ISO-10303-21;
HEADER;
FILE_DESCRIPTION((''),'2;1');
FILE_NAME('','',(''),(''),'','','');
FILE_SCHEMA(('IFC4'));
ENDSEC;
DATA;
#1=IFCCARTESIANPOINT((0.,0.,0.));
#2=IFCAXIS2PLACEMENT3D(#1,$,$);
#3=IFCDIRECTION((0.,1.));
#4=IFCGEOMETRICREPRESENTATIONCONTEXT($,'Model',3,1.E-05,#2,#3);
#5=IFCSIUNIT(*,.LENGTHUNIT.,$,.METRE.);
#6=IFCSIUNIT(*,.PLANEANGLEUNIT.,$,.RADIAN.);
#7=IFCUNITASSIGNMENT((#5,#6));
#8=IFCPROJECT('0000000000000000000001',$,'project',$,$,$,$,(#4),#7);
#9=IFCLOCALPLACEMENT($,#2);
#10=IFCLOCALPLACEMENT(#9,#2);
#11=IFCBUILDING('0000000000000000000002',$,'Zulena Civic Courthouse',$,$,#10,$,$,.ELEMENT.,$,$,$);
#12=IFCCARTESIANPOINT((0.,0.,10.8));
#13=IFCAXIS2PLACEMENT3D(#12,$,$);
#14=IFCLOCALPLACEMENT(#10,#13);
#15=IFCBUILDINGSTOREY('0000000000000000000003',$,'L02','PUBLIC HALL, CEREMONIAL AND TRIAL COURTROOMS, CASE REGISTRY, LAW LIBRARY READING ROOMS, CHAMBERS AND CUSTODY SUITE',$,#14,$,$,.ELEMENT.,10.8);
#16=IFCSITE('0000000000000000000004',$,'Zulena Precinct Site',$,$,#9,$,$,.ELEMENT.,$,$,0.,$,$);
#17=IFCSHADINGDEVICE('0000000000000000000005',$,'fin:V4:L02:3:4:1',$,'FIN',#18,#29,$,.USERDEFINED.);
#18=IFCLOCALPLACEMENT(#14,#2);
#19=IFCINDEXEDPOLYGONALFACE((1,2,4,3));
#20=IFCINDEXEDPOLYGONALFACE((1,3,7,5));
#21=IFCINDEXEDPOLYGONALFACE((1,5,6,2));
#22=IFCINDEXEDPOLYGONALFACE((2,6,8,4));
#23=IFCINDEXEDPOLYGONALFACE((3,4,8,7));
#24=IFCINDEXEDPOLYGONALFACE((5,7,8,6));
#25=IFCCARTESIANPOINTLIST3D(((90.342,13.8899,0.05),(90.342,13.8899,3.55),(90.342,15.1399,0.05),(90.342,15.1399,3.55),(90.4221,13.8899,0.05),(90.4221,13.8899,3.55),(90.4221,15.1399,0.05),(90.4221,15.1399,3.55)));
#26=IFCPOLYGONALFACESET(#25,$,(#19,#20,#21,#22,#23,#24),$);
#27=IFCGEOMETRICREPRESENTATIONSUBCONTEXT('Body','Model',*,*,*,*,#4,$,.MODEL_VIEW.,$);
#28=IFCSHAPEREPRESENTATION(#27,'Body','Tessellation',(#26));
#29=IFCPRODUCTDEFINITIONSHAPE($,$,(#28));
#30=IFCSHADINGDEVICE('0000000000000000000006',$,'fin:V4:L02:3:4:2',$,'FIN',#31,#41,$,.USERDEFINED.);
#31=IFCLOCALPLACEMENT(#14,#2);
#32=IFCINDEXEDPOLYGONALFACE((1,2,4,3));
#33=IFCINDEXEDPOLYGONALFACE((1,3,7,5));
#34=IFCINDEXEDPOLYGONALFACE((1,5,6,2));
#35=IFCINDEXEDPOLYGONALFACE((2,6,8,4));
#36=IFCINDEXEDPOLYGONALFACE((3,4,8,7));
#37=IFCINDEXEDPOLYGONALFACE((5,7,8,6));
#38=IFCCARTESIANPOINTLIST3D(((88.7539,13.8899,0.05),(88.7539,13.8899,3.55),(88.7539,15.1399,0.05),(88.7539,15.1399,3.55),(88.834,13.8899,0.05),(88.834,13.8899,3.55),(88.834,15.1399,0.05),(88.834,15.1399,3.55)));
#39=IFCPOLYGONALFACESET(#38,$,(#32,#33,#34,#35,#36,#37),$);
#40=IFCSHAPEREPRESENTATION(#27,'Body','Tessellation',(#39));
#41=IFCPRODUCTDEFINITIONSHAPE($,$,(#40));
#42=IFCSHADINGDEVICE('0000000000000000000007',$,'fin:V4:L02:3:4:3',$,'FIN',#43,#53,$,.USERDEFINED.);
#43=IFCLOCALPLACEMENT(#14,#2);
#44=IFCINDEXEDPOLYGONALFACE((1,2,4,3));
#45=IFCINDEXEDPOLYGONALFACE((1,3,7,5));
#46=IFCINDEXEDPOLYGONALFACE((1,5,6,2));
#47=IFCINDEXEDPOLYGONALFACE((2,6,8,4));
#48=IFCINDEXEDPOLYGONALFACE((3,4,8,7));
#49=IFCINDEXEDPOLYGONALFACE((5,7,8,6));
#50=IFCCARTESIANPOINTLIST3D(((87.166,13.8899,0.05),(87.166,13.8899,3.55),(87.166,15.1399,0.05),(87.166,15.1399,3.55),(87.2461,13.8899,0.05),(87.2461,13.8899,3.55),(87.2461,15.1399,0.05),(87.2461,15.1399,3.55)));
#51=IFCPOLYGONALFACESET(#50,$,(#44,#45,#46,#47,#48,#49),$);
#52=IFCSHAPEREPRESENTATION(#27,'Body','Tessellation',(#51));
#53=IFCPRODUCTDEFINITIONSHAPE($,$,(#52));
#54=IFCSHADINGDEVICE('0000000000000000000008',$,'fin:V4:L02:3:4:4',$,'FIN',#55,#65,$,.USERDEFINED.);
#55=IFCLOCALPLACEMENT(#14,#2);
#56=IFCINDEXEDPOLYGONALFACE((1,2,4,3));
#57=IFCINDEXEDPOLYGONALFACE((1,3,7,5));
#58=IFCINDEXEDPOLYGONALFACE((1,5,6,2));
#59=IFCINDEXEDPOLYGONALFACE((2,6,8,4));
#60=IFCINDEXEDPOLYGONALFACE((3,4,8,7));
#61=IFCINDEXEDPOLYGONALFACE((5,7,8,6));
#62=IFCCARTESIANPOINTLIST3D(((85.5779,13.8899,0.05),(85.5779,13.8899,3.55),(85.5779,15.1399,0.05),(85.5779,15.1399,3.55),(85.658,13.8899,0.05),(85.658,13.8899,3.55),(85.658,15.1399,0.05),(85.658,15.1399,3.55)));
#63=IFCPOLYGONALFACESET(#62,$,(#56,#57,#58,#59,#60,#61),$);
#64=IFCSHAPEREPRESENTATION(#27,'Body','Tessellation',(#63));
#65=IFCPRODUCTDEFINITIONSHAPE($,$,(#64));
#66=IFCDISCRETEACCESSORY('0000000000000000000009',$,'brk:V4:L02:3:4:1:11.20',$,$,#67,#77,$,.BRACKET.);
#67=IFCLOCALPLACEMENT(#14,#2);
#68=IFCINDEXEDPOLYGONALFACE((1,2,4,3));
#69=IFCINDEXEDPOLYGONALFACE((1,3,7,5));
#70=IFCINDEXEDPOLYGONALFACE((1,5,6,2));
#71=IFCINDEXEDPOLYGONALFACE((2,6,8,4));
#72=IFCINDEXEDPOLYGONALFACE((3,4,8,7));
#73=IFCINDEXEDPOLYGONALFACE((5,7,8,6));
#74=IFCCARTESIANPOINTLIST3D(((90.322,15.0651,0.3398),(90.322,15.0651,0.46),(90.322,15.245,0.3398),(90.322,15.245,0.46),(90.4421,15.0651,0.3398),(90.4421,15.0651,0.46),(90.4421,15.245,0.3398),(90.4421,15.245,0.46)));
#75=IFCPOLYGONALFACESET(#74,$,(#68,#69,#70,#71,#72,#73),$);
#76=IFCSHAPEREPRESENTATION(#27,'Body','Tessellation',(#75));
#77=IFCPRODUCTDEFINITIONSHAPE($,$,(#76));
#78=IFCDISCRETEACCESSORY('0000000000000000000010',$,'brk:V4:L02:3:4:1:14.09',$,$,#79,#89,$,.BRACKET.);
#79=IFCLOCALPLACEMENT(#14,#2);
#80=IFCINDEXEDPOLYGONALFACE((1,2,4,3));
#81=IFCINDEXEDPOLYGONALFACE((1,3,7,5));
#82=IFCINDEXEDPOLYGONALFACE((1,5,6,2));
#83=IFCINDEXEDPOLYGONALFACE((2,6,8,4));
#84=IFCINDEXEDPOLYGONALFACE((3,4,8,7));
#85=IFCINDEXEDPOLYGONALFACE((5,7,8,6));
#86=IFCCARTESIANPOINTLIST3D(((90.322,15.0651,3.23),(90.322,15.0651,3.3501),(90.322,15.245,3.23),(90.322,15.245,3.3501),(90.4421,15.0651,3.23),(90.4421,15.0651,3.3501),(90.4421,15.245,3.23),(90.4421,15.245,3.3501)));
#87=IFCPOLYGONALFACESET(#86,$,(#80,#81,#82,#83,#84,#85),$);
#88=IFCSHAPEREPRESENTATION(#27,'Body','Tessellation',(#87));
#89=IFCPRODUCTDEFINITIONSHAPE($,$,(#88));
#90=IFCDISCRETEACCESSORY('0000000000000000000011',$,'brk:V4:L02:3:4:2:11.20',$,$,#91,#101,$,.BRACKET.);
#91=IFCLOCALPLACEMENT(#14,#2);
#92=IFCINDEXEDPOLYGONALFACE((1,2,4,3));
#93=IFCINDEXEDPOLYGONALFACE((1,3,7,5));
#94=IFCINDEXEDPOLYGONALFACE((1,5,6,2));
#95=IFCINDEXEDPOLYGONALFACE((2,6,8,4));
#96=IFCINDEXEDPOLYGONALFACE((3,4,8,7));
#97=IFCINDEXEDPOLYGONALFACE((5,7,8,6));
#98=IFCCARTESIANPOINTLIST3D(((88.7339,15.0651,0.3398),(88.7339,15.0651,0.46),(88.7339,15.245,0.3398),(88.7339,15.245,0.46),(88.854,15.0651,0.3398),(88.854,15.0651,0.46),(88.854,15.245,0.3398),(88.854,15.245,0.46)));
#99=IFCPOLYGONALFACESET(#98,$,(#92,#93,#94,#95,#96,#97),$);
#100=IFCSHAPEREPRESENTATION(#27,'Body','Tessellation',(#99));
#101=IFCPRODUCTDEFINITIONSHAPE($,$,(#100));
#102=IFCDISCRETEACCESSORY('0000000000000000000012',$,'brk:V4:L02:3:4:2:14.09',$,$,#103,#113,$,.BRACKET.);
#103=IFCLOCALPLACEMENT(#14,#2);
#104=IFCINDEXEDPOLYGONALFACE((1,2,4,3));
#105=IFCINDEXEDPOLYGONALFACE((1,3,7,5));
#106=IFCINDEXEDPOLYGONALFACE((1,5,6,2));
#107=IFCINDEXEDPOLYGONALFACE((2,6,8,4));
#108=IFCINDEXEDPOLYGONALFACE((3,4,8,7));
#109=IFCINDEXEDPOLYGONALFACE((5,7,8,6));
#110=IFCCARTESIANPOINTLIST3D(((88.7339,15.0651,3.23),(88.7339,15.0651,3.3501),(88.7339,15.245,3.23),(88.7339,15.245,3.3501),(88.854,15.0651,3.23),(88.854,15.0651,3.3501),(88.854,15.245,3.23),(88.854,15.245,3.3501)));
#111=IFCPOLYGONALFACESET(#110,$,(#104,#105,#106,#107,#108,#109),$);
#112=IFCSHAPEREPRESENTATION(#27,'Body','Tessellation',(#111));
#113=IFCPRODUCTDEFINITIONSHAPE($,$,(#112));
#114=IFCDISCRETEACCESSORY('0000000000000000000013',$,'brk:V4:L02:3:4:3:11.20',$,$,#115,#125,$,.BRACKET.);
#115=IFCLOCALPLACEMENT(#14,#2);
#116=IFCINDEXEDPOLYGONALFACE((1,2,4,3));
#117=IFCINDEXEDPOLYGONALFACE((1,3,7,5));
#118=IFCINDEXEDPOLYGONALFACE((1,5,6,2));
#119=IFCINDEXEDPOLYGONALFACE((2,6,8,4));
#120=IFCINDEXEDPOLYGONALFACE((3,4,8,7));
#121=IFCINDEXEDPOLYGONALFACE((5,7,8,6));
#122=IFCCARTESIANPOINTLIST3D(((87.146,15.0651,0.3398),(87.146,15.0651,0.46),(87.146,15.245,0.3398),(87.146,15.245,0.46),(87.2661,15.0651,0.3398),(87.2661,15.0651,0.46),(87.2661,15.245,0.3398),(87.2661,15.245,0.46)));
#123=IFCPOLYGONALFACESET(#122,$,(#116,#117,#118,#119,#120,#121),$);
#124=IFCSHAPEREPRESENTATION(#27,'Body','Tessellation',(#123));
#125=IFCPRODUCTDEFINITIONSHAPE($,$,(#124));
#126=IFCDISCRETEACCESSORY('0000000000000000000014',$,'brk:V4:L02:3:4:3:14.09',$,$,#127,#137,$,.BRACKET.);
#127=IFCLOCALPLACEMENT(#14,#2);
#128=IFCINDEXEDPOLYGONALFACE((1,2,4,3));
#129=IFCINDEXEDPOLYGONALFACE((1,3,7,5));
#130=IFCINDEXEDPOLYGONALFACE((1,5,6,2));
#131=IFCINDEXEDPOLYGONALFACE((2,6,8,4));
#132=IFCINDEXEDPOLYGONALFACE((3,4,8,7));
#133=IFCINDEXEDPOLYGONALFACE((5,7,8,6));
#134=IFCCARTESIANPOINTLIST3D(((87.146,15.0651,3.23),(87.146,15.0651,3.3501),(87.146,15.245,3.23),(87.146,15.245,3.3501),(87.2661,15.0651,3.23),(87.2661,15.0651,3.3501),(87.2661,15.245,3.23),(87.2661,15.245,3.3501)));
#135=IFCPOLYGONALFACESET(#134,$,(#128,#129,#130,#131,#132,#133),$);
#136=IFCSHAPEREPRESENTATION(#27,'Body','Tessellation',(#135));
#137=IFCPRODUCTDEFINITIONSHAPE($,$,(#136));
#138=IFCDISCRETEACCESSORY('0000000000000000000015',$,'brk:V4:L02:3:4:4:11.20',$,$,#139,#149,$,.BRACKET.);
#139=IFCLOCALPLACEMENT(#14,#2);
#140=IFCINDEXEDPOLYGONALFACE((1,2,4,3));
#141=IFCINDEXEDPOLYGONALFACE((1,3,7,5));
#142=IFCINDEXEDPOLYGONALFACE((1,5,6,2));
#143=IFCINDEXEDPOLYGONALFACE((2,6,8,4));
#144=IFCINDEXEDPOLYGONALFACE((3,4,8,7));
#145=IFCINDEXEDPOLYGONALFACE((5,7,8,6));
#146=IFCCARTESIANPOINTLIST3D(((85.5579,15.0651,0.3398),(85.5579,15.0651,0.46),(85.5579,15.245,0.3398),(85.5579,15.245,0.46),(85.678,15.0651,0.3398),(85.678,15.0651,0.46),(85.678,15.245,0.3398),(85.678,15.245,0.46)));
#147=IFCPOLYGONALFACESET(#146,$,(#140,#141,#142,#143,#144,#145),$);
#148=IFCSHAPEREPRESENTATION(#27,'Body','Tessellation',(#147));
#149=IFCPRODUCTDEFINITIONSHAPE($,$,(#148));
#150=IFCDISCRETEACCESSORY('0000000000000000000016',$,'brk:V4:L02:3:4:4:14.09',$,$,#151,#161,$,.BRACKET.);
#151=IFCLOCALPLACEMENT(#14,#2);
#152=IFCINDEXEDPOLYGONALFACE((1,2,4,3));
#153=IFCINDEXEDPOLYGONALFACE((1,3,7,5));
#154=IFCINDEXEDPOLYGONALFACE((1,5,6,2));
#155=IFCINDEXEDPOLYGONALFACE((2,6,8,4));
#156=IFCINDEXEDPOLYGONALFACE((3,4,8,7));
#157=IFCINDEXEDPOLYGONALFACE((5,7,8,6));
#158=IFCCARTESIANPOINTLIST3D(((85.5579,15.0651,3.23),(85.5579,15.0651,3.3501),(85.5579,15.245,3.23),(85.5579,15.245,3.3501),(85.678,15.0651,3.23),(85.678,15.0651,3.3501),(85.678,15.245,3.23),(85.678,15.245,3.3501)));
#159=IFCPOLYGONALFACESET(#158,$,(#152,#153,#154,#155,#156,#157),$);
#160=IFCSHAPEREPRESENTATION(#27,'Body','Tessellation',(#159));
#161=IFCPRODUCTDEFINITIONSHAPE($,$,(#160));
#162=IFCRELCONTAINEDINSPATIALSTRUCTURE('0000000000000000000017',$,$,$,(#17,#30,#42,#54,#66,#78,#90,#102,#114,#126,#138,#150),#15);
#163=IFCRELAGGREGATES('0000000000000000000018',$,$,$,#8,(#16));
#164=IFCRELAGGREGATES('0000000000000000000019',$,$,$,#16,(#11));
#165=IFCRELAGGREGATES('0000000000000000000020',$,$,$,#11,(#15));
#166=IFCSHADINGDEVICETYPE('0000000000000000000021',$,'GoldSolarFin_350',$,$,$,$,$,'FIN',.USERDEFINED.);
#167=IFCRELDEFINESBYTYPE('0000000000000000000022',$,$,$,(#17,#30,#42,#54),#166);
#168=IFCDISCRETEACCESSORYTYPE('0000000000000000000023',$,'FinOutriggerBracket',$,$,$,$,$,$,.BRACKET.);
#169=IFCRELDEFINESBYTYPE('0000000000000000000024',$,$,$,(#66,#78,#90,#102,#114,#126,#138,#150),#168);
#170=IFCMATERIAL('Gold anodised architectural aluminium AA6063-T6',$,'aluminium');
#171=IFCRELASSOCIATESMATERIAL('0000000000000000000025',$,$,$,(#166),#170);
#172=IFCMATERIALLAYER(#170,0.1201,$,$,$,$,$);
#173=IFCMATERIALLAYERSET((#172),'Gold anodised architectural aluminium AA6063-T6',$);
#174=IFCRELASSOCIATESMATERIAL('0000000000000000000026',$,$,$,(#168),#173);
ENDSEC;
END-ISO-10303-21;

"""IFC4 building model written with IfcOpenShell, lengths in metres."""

from ifc_helpers import new_model, si_unit, direction, frame, origin, origin_2d, place, context, subcontext, project, spatial, rectangle, extrude, material, layer, layer_set, type_object, element, save


model = new_model("IFC4")

# Units and contexts
model_context = context("Model", 3, precision=1e-05, world=origin(), true_north=direction((0.0, 1.0)))
body_context = subcontext(model_context, "Body", "Model", "MODEL_VIEW")
ifc_project = project(units=[si_unit("LENGTHUNIT", "METRE"), si_unit("PLANEANGLEUNIT", "RADIAN")], contexts=[model_context])

# Site, building, storey
site_placement = place(None, origin())
site = spatial("IfcSite", under=ifc_project, at=site_placement, Name="Zulena Precinct Site", CompositionType="ELEMENT", RefElevation=0.0)
building_placement = place(site_placement, origin())
building = spatial("IfcBuilding", under=site, at=building_placement, Name="Zulena Civic Courthouse", CompositionType="ELEMENT")
storey_placement = place(building_placement, frame((0.0, 0.0, 10.8)))
storey = spatial("IfcBuildingStorey", under=building, at=storey_placement, Name="L02", Description="PUBLIC HALL, CEREMONIAL AND TRIAL COURTROOMS, CASE REGISTRY, LAW LIBRARY READING ROOMS, CHAMBERS AND CUSTODY SUITE", CompositionType="ELEMENT", Elevation=10.8)

# Shading devices
ifc_material_1 = material(Name="Gold anodised architectural aluminium AA6063-T6", Category="aluminium")
shading_device_type = type_object("IfcShadingDeviceType", Name="GoldSolarFin_350", ElementType="FIN", PredefinedType="USERDEFINED", material=ifc_material_1)
for number, where, z_axis, x_axis, name in (
    (1, (90.3821, 14.5149, 0.05), (0.0, 0.0, 1.0), (0.0, -1.0, 0.0), "fin:V4:L02:3:4:1"),
    (2, (88.7939, 14.5149, 0.05), (0.0, 0.0, 1.0), (0.0, -1.0, 0.0), "fin:V4:L02:3:4:2"),
    (3, (87.2061, 14.5149, 0.05), (0.0, 0.0, 1.0), (0.0, -1.0, 0.0), "fin:V4:L02:3:4:3"),
    (4, (85.6179, 14.5149, 0.05), (0.0, 0.0, 1.0), (0.0, -1.0, 0.0), "fin:V4:L02:3:4:4"),
):
    element("IfcShadingDevice", number, at=place(storey_placement, frame(where, z_axis=z_axis, x_axis=x_axis)), inside=storey, type_object=shading_device_type, Name=name, ObjectType="FIN", PredefinedType="USERDEFINED", context=body_context, shape_type="SweptSolid", body=[
        extrude(rectangle(XDim=1.25, YDim=0.0801, at=origin_2d()), origin(), (0.0, 0.0, 1.0), 3.5),
    ])

# Discrete accessories
ifc_layer_1 = layer(ifc_material_1, 0.1201)
ifc_layer_set_1 = layer_set([ifc_layer_1], Name="Gold anodised architectural aluminium AA6063-T6")
discrete_accessory_type = type_object("IfcDiscreteAccessoryType", Name="FinOutriggerBracket", PredefinedType="BRACKET", material=ifc_layer_set_1)
for number, where, z_axis, x_axis, name in (
    (5, (90.3821, 15.155, 0.3398), (0.0, 0.0, 1.0), (0.0, -1.0, 0.0), "brk:V4:L02:3:4:1:11.20"),
    (6, (90.3821, 15.155, 3.23), (0.0, 0.0, 1.0), (0.0, -1.0, 0.0), "brk:V4:L02:3:4:1:14.09"),
    (7, (88.7939, 15.155, 0.3398), (0.0, 0.0, 1.0), (0.0, -1.0, 0.0), "brk:V4:L02:3:4:2:11.20"),
    (8, (88.7939, 15.155, 3.23), (0.0, 0.0, 1.0), (0.0, -1.0, 0.0), "brk:V4:L02:3:4:2:14.09"),
    (9, (87.2061, 15.155, 0.3398), (0.0, 0.0, 1.0), (0.0, -1.0, 0.0), "brk:V4:L02:3:4:3:11.20"),
    (10, (87.2061, 15.155, 3.23), (0.0, 0.0, 1.0), (0.0, -1.0, 0.0), "brk:V4:L02:3:4:3:14.09"),
    (11, (85.6179, 15.155, 0.3398), (0.0, 0.0, 1.0), (0.0, -1.0, 0.0), "brk:V4:L02:3:4:4:11.20"),
    (12, (85.6179, 15.155, 3.23), (0.0, 0.0, 1.0), (0.0, -1.0, 0.0), "brk:V4:L02:3:4:4:14.09"),
):
    element("IfcDiscreteAccessory", number, at=place(storey_placement, frame(where, z_axis=z_axis, x_axis=x_axis)), inside=storey, type_object=discrete_accessory_type, Name=name, PredefinedType="BRACKET", context=body_context, shape_type="SweptSolid", body=[
        extrude(rectangle(XDim=0.1799, YDim=0.1201, at=origin_2d()), origin(), (0.0, 0.0, 1.0), 0.1201),
    ])

save(model, "model.ifc")
